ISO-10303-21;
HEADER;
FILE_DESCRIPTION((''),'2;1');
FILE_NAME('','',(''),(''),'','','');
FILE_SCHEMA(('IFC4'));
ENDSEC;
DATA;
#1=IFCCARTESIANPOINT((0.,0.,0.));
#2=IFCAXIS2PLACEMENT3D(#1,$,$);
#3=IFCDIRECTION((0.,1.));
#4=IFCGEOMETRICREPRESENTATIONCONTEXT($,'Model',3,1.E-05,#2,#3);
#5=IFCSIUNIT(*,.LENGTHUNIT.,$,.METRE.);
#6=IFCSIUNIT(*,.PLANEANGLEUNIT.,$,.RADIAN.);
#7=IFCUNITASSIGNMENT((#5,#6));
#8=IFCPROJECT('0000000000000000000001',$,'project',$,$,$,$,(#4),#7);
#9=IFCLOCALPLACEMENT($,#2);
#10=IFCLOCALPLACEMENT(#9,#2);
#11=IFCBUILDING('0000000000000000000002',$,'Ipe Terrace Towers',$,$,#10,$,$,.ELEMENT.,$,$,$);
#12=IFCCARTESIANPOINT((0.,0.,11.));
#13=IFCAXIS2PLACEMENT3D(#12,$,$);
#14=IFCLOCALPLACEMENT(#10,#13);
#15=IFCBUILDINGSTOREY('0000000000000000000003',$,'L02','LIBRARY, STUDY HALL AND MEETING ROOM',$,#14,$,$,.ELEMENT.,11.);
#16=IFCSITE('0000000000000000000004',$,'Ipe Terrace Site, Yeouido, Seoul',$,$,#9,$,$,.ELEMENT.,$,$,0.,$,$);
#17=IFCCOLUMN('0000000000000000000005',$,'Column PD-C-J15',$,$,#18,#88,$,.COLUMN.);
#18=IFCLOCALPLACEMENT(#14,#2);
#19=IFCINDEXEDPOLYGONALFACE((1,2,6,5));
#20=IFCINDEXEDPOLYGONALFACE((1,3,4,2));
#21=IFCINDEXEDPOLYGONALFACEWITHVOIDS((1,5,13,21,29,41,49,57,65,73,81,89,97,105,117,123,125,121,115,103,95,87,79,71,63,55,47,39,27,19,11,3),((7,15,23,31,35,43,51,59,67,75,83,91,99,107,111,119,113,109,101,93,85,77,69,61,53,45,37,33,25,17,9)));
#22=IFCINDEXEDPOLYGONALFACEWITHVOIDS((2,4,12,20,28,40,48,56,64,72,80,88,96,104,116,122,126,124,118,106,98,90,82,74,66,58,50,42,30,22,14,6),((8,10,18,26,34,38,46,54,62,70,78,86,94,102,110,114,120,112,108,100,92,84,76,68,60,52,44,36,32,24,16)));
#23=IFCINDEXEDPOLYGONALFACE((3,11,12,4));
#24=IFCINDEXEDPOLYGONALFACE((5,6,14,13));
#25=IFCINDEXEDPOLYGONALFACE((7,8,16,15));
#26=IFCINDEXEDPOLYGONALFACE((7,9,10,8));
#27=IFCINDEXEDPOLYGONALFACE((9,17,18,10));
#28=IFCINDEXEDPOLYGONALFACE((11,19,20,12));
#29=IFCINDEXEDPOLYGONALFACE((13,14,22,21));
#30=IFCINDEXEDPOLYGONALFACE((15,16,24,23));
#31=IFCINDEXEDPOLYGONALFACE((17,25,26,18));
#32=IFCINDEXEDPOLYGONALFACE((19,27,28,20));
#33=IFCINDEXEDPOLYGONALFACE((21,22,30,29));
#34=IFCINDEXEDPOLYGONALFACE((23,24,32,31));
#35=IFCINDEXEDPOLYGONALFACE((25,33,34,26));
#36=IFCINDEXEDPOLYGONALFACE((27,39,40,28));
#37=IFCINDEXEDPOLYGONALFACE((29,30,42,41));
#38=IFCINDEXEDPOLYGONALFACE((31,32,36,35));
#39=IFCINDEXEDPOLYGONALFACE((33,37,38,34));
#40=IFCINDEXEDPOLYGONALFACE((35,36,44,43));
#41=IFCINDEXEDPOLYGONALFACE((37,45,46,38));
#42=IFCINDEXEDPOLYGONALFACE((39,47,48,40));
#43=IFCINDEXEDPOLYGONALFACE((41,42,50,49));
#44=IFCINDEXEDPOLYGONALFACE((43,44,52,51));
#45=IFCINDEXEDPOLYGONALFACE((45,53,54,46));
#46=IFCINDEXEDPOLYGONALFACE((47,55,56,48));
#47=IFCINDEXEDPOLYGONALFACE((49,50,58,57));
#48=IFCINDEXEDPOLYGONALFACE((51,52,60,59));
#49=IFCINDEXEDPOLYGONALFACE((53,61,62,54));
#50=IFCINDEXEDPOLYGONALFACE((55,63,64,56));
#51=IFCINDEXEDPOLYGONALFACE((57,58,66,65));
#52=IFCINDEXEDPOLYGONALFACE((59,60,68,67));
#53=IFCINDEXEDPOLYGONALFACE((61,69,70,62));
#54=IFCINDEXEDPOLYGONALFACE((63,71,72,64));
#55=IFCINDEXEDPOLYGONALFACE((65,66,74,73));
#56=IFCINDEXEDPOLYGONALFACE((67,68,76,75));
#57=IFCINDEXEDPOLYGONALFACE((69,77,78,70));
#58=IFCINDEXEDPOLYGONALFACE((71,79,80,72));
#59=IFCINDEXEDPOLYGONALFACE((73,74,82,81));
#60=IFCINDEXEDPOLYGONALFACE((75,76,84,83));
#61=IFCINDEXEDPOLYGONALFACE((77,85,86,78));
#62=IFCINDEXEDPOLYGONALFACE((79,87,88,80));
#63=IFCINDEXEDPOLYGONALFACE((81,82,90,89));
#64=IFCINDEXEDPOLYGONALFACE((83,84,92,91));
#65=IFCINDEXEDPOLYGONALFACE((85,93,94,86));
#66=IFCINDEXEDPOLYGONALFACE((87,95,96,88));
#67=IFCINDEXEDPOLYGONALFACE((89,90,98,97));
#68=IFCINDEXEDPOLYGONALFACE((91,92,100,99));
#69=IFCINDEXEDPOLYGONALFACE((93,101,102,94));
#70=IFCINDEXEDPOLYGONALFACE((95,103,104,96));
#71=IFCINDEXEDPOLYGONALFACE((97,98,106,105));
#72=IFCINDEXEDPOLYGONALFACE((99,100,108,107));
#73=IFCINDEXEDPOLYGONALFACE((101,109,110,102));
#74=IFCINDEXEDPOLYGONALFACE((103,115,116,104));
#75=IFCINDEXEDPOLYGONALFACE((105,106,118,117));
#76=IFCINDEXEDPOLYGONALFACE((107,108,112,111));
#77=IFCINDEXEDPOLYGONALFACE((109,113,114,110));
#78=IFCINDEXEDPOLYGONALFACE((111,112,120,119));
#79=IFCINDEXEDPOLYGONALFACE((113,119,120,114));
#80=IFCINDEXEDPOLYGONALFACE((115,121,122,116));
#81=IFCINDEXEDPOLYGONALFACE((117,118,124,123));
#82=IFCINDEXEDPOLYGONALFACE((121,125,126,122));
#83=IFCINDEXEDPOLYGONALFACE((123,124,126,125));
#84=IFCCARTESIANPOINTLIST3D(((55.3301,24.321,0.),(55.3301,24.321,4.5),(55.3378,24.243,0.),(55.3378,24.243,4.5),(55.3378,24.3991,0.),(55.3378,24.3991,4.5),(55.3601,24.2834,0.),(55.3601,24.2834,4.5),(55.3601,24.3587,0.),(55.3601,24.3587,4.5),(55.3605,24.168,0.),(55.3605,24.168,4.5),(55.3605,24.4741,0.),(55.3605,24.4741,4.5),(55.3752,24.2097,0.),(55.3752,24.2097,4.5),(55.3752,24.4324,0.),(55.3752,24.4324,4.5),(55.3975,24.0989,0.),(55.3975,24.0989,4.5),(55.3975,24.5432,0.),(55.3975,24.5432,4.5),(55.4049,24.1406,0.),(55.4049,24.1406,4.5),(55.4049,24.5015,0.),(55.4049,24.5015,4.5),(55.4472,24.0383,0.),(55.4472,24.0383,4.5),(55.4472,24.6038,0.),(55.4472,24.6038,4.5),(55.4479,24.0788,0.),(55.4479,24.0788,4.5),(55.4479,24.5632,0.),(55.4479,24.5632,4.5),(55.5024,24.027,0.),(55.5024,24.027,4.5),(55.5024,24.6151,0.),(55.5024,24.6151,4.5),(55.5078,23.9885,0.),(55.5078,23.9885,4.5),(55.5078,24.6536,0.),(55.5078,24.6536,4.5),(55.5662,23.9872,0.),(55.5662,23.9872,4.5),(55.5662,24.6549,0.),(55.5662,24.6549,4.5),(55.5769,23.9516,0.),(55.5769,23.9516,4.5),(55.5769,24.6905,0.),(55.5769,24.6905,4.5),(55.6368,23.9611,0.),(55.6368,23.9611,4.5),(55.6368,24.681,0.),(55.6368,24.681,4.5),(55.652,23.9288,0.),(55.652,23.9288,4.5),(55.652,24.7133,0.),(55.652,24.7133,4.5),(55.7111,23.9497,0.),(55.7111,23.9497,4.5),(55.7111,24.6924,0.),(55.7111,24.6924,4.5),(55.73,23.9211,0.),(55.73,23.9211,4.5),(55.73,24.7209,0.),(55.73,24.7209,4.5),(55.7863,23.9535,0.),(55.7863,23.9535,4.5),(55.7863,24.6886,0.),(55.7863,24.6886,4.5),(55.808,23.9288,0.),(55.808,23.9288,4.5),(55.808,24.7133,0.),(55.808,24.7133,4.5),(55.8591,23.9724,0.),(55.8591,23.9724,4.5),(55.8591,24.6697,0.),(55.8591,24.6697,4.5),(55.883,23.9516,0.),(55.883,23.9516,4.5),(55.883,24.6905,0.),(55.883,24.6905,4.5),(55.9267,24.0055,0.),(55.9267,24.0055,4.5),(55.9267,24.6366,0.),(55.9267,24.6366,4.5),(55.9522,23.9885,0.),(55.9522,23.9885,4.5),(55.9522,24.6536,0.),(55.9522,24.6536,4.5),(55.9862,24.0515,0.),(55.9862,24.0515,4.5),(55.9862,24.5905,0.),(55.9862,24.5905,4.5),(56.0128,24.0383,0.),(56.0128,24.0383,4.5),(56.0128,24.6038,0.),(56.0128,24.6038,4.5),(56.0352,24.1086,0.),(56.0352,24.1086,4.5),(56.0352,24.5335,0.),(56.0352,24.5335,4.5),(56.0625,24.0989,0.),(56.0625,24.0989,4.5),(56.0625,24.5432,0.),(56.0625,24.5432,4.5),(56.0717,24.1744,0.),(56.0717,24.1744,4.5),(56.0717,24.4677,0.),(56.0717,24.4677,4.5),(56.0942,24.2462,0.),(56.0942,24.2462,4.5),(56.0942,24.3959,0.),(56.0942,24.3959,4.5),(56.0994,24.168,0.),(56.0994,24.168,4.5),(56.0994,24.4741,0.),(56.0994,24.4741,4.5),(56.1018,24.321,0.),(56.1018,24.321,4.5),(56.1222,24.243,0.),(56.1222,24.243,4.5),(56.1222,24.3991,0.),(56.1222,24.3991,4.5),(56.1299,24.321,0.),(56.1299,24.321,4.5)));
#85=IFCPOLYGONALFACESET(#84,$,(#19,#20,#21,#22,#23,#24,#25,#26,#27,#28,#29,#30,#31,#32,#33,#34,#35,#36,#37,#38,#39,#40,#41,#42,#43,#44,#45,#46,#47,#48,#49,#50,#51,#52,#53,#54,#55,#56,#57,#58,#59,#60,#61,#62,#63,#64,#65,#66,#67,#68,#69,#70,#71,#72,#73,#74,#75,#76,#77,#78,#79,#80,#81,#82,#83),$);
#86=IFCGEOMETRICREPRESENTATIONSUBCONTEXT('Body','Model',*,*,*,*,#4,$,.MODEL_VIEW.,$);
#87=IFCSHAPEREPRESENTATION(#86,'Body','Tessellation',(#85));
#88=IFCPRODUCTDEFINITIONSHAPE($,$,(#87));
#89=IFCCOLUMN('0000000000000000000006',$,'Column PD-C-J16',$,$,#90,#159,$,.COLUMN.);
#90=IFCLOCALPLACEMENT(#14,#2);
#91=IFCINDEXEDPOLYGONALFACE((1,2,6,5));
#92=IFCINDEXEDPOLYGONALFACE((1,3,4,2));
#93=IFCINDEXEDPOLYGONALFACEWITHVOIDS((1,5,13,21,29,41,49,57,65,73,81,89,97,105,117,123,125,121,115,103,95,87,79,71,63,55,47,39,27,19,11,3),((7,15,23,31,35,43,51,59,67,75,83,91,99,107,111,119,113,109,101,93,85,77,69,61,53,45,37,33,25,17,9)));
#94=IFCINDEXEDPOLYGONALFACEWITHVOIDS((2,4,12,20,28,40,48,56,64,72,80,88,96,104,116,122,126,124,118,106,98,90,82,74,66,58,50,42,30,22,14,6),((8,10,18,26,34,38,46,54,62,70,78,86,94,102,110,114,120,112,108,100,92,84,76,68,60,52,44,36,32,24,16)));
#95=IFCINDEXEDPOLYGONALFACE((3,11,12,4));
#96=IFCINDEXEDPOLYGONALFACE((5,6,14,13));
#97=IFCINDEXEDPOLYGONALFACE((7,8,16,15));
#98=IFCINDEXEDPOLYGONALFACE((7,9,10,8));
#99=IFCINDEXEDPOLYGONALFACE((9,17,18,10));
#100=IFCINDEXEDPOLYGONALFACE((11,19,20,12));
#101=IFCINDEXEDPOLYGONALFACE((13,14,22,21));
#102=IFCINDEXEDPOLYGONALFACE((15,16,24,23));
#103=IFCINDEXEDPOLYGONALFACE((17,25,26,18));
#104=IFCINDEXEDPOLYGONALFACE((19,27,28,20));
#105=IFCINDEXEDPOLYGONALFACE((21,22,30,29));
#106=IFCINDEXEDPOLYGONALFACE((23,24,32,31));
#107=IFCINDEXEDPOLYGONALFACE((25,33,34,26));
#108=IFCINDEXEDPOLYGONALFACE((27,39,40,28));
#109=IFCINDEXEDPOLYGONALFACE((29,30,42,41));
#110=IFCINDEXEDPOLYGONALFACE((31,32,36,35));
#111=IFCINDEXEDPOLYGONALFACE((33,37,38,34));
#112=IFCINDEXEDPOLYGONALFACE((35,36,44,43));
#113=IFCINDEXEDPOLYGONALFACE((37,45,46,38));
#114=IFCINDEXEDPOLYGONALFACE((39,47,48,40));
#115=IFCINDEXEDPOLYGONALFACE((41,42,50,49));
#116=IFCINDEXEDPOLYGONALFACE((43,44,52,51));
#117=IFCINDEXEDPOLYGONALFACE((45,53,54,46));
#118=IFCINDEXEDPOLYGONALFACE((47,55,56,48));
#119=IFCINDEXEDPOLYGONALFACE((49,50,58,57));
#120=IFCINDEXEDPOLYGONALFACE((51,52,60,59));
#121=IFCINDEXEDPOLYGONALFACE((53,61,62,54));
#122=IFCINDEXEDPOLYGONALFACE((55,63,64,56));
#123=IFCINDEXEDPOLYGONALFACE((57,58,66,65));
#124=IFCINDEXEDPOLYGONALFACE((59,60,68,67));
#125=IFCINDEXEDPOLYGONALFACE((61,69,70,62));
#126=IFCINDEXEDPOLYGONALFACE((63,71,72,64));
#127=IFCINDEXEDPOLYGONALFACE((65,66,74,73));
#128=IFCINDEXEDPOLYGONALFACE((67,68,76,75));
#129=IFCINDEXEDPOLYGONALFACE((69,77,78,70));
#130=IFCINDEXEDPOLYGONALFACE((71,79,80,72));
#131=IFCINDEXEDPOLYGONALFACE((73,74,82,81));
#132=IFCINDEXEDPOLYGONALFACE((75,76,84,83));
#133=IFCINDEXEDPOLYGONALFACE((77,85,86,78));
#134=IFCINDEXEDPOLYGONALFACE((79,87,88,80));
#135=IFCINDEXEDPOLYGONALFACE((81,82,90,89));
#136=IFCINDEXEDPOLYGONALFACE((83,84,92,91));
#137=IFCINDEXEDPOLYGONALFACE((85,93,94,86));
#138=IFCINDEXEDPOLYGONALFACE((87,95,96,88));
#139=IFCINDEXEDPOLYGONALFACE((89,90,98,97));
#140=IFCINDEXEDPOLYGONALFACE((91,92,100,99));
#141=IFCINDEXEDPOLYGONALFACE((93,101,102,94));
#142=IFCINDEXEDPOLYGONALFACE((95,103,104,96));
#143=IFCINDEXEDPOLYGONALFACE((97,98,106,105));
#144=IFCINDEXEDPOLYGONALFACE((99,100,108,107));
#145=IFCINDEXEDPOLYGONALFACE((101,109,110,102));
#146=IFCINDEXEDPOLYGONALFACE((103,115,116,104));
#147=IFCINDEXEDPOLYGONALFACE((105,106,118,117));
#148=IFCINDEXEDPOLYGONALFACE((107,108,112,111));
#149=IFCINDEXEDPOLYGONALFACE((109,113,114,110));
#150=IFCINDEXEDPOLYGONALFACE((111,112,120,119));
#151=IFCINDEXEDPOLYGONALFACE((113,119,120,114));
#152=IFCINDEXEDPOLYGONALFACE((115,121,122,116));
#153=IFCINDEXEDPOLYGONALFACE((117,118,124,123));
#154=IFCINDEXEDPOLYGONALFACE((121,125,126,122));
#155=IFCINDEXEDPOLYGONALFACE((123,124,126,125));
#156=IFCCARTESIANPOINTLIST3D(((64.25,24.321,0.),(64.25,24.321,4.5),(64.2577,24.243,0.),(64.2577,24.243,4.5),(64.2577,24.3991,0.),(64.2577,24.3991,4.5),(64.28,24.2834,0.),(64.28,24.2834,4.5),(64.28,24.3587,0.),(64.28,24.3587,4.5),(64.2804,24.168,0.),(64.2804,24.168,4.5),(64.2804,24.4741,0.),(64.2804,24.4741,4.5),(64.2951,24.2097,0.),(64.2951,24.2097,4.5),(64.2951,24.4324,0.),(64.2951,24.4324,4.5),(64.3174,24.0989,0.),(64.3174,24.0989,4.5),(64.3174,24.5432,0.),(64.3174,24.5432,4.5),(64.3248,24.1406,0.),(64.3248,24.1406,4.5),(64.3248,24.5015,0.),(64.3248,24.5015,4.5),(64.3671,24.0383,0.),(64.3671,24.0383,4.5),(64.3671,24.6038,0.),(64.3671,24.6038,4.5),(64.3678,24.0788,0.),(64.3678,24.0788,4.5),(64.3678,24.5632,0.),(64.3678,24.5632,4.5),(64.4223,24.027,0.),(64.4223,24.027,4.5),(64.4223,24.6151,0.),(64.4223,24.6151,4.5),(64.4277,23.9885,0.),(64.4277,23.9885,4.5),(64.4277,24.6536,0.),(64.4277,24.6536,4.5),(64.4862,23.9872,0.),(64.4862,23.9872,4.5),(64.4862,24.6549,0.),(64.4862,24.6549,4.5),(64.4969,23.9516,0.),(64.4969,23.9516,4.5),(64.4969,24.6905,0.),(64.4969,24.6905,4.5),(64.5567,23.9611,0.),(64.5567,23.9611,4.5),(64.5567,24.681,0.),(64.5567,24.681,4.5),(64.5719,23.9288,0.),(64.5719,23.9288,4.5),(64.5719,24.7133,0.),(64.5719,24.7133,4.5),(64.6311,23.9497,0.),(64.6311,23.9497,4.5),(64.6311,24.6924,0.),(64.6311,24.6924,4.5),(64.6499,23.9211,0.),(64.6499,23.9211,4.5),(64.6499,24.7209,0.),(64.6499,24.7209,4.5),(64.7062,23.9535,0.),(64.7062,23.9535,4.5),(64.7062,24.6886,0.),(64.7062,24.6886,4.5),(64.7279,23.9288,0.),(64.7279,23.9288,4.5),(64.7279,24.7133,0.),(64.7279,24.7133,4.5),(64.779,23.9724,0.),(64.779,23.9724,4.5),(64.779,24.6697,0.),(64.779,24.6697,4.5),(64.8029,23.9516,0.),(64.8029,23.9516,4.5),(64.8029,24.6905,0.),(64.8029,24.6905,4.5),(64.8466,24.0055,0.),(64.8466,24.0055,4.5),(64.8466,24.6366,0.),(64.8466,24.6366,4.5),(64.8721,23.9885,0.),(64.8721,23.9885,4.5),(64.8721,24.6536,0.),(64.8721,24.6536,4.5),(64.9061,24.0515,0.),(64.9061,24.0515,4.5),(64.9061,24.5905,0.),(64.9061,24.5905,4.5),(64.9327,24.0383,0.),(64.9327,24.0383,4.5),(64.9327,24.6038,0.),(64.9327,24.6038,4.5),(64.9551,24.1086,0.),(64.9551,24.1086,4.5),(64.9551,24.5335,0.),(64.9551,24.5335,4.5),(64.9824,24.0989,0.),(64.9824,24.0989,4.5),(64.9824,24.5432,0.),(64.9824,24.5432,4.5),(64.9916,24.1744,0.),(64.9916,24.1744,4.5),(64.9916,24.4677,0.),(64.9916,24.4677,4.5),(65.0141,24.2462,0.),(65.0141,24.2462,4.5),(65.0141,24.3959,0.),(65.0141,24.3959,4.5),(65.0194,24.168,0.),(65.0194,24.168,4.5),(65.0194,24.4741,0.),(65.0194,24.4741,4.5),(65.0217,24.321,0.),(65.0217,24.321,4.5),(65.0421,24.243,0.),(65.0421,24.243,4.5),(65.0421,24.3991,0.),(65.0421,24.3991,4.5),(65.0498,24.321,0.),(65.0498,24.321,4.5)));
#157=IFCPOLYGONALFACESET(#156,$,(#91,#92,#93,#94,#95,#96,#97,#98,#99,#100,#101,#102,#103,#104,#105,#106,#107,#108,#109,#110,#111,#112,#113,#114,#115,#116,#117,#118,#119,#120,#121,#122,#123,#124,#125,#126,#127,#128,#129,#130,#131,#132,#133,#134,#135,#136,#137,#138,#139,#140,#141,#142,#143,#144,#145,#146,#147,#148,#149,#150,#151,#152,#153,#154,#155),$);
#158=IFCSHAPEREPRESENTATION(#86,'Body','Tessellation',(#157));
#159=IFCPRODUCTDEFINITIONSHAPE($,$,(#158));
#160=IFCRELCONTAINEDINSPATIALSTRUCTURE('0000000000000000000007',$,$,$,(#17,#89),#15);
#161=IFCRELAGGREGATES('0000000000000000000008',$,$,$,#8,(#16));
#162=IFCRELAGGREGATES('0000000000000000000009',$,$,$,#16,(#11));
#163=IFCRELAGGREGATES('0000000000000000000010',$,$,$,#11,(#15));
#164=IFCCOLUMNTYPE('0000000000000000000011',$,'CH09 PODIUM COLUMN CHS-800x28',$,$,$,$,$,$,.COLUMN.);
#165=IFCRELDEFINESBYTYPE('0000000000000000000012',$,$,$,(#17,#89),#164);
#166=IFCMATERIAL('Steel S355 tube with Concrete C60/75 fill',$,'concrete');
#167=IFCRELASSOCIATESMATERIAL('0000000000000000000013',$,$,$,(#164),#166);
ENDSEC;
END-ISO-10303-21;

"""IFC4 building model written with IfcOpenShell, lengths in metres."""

from ifc_helpers import new_model, si_unit, direction, frame, origin, origin_2d, place, context, subcontext, project, spatial, hollow_circle, extrude, material, material_profile, profile_set, type_object, element, save


model = new_model("IFC4")

# Units and contexts
model_context = context("Model", 3, precision=1e-05, world=origin(), true_north=direction((0.0, 1.0)))
body_context = subcontext(model_context, "Body", "Model", "MODEL_VIEW")
ifc_project = project(units=[si_unit("LENGTHUNIT", "METRE"), si_unit("PLANEANGLEUNIT", "RADIAN")], contexts=[model_context])

# Site, building, storey
site_placement = place(None, origin())
site = spatial("IfcSite", under=ifc_project, at=site_placement, Name="Ipe Terrace Site, Yeouido, Seoul", CompositionType="ELEMENT", RefElevation=0.0)
building_placement = place(site_placement, origin())
building = spatial("IfcBuilding", under=site, at=building_placement, Name="Ipe Terrace Towers", CompositionType="ELEMENT")
storey_placement = place(building_placement, frame((0.0, 0.0, 11.0)))
storey = spatial("IfcBuildingStorey", under=building, at=storey_placement, Name="L02", Description="LIBRARY, STUDY HALL AND MEETING ROOM", CompositionType="ELEMENT", Elevation=11.0)

# Columns
ifc_material_1 = material(Name="Steel S355 tube with Concrete C60/75 fill", Category="concrete")
ifc_material_profile_1 = material_profile(ifc_material_1, hollow_circle(Radius=0.3999, WallThickness=0.0281, at=origin_2d()), Name="CHS-800x28")
ifc_profile_set_1 = profile_set([ifc_material_profile_1], Name="Steel S355 tube with Concrete C60/75 fill")
column_type = type_object("IfcColumnType", Name="CH09 PODIUM COLUMN CHS-800x28", PredefinedType="COLUMN", material=ifc_profile_set_1)
for number, where, z_axis, x_axis, name in (
    (1, (55.73, 24.321, 0.0), (0.0, 0.0, 1.0), (1.0, 0.0, 0.0), "Column PD-C-J15"),
    (2, (64.6499, 24.321, 0.0), (0.0, 0.0, 1.0), (1.0, 0.0, 0.0), "Column PD-C-J16"),
):
    element("IfcColumn", number, at=place(storey_placement, frame(where, z_axis=z_axis, x_axis=x_axis)), inside=storey, type_object=column_type, Name=name, PredefinedType="COLUMN", context=body_context, shape_type="SweptSolid", body=[
        extrude(hollow_circle(Radius=0.3999, WallThickness=0.0281, at=origin_2d()), origin(), (0.0, 0.0, 1.0), 4.5),
    ])

save(model, "model.ifc")
